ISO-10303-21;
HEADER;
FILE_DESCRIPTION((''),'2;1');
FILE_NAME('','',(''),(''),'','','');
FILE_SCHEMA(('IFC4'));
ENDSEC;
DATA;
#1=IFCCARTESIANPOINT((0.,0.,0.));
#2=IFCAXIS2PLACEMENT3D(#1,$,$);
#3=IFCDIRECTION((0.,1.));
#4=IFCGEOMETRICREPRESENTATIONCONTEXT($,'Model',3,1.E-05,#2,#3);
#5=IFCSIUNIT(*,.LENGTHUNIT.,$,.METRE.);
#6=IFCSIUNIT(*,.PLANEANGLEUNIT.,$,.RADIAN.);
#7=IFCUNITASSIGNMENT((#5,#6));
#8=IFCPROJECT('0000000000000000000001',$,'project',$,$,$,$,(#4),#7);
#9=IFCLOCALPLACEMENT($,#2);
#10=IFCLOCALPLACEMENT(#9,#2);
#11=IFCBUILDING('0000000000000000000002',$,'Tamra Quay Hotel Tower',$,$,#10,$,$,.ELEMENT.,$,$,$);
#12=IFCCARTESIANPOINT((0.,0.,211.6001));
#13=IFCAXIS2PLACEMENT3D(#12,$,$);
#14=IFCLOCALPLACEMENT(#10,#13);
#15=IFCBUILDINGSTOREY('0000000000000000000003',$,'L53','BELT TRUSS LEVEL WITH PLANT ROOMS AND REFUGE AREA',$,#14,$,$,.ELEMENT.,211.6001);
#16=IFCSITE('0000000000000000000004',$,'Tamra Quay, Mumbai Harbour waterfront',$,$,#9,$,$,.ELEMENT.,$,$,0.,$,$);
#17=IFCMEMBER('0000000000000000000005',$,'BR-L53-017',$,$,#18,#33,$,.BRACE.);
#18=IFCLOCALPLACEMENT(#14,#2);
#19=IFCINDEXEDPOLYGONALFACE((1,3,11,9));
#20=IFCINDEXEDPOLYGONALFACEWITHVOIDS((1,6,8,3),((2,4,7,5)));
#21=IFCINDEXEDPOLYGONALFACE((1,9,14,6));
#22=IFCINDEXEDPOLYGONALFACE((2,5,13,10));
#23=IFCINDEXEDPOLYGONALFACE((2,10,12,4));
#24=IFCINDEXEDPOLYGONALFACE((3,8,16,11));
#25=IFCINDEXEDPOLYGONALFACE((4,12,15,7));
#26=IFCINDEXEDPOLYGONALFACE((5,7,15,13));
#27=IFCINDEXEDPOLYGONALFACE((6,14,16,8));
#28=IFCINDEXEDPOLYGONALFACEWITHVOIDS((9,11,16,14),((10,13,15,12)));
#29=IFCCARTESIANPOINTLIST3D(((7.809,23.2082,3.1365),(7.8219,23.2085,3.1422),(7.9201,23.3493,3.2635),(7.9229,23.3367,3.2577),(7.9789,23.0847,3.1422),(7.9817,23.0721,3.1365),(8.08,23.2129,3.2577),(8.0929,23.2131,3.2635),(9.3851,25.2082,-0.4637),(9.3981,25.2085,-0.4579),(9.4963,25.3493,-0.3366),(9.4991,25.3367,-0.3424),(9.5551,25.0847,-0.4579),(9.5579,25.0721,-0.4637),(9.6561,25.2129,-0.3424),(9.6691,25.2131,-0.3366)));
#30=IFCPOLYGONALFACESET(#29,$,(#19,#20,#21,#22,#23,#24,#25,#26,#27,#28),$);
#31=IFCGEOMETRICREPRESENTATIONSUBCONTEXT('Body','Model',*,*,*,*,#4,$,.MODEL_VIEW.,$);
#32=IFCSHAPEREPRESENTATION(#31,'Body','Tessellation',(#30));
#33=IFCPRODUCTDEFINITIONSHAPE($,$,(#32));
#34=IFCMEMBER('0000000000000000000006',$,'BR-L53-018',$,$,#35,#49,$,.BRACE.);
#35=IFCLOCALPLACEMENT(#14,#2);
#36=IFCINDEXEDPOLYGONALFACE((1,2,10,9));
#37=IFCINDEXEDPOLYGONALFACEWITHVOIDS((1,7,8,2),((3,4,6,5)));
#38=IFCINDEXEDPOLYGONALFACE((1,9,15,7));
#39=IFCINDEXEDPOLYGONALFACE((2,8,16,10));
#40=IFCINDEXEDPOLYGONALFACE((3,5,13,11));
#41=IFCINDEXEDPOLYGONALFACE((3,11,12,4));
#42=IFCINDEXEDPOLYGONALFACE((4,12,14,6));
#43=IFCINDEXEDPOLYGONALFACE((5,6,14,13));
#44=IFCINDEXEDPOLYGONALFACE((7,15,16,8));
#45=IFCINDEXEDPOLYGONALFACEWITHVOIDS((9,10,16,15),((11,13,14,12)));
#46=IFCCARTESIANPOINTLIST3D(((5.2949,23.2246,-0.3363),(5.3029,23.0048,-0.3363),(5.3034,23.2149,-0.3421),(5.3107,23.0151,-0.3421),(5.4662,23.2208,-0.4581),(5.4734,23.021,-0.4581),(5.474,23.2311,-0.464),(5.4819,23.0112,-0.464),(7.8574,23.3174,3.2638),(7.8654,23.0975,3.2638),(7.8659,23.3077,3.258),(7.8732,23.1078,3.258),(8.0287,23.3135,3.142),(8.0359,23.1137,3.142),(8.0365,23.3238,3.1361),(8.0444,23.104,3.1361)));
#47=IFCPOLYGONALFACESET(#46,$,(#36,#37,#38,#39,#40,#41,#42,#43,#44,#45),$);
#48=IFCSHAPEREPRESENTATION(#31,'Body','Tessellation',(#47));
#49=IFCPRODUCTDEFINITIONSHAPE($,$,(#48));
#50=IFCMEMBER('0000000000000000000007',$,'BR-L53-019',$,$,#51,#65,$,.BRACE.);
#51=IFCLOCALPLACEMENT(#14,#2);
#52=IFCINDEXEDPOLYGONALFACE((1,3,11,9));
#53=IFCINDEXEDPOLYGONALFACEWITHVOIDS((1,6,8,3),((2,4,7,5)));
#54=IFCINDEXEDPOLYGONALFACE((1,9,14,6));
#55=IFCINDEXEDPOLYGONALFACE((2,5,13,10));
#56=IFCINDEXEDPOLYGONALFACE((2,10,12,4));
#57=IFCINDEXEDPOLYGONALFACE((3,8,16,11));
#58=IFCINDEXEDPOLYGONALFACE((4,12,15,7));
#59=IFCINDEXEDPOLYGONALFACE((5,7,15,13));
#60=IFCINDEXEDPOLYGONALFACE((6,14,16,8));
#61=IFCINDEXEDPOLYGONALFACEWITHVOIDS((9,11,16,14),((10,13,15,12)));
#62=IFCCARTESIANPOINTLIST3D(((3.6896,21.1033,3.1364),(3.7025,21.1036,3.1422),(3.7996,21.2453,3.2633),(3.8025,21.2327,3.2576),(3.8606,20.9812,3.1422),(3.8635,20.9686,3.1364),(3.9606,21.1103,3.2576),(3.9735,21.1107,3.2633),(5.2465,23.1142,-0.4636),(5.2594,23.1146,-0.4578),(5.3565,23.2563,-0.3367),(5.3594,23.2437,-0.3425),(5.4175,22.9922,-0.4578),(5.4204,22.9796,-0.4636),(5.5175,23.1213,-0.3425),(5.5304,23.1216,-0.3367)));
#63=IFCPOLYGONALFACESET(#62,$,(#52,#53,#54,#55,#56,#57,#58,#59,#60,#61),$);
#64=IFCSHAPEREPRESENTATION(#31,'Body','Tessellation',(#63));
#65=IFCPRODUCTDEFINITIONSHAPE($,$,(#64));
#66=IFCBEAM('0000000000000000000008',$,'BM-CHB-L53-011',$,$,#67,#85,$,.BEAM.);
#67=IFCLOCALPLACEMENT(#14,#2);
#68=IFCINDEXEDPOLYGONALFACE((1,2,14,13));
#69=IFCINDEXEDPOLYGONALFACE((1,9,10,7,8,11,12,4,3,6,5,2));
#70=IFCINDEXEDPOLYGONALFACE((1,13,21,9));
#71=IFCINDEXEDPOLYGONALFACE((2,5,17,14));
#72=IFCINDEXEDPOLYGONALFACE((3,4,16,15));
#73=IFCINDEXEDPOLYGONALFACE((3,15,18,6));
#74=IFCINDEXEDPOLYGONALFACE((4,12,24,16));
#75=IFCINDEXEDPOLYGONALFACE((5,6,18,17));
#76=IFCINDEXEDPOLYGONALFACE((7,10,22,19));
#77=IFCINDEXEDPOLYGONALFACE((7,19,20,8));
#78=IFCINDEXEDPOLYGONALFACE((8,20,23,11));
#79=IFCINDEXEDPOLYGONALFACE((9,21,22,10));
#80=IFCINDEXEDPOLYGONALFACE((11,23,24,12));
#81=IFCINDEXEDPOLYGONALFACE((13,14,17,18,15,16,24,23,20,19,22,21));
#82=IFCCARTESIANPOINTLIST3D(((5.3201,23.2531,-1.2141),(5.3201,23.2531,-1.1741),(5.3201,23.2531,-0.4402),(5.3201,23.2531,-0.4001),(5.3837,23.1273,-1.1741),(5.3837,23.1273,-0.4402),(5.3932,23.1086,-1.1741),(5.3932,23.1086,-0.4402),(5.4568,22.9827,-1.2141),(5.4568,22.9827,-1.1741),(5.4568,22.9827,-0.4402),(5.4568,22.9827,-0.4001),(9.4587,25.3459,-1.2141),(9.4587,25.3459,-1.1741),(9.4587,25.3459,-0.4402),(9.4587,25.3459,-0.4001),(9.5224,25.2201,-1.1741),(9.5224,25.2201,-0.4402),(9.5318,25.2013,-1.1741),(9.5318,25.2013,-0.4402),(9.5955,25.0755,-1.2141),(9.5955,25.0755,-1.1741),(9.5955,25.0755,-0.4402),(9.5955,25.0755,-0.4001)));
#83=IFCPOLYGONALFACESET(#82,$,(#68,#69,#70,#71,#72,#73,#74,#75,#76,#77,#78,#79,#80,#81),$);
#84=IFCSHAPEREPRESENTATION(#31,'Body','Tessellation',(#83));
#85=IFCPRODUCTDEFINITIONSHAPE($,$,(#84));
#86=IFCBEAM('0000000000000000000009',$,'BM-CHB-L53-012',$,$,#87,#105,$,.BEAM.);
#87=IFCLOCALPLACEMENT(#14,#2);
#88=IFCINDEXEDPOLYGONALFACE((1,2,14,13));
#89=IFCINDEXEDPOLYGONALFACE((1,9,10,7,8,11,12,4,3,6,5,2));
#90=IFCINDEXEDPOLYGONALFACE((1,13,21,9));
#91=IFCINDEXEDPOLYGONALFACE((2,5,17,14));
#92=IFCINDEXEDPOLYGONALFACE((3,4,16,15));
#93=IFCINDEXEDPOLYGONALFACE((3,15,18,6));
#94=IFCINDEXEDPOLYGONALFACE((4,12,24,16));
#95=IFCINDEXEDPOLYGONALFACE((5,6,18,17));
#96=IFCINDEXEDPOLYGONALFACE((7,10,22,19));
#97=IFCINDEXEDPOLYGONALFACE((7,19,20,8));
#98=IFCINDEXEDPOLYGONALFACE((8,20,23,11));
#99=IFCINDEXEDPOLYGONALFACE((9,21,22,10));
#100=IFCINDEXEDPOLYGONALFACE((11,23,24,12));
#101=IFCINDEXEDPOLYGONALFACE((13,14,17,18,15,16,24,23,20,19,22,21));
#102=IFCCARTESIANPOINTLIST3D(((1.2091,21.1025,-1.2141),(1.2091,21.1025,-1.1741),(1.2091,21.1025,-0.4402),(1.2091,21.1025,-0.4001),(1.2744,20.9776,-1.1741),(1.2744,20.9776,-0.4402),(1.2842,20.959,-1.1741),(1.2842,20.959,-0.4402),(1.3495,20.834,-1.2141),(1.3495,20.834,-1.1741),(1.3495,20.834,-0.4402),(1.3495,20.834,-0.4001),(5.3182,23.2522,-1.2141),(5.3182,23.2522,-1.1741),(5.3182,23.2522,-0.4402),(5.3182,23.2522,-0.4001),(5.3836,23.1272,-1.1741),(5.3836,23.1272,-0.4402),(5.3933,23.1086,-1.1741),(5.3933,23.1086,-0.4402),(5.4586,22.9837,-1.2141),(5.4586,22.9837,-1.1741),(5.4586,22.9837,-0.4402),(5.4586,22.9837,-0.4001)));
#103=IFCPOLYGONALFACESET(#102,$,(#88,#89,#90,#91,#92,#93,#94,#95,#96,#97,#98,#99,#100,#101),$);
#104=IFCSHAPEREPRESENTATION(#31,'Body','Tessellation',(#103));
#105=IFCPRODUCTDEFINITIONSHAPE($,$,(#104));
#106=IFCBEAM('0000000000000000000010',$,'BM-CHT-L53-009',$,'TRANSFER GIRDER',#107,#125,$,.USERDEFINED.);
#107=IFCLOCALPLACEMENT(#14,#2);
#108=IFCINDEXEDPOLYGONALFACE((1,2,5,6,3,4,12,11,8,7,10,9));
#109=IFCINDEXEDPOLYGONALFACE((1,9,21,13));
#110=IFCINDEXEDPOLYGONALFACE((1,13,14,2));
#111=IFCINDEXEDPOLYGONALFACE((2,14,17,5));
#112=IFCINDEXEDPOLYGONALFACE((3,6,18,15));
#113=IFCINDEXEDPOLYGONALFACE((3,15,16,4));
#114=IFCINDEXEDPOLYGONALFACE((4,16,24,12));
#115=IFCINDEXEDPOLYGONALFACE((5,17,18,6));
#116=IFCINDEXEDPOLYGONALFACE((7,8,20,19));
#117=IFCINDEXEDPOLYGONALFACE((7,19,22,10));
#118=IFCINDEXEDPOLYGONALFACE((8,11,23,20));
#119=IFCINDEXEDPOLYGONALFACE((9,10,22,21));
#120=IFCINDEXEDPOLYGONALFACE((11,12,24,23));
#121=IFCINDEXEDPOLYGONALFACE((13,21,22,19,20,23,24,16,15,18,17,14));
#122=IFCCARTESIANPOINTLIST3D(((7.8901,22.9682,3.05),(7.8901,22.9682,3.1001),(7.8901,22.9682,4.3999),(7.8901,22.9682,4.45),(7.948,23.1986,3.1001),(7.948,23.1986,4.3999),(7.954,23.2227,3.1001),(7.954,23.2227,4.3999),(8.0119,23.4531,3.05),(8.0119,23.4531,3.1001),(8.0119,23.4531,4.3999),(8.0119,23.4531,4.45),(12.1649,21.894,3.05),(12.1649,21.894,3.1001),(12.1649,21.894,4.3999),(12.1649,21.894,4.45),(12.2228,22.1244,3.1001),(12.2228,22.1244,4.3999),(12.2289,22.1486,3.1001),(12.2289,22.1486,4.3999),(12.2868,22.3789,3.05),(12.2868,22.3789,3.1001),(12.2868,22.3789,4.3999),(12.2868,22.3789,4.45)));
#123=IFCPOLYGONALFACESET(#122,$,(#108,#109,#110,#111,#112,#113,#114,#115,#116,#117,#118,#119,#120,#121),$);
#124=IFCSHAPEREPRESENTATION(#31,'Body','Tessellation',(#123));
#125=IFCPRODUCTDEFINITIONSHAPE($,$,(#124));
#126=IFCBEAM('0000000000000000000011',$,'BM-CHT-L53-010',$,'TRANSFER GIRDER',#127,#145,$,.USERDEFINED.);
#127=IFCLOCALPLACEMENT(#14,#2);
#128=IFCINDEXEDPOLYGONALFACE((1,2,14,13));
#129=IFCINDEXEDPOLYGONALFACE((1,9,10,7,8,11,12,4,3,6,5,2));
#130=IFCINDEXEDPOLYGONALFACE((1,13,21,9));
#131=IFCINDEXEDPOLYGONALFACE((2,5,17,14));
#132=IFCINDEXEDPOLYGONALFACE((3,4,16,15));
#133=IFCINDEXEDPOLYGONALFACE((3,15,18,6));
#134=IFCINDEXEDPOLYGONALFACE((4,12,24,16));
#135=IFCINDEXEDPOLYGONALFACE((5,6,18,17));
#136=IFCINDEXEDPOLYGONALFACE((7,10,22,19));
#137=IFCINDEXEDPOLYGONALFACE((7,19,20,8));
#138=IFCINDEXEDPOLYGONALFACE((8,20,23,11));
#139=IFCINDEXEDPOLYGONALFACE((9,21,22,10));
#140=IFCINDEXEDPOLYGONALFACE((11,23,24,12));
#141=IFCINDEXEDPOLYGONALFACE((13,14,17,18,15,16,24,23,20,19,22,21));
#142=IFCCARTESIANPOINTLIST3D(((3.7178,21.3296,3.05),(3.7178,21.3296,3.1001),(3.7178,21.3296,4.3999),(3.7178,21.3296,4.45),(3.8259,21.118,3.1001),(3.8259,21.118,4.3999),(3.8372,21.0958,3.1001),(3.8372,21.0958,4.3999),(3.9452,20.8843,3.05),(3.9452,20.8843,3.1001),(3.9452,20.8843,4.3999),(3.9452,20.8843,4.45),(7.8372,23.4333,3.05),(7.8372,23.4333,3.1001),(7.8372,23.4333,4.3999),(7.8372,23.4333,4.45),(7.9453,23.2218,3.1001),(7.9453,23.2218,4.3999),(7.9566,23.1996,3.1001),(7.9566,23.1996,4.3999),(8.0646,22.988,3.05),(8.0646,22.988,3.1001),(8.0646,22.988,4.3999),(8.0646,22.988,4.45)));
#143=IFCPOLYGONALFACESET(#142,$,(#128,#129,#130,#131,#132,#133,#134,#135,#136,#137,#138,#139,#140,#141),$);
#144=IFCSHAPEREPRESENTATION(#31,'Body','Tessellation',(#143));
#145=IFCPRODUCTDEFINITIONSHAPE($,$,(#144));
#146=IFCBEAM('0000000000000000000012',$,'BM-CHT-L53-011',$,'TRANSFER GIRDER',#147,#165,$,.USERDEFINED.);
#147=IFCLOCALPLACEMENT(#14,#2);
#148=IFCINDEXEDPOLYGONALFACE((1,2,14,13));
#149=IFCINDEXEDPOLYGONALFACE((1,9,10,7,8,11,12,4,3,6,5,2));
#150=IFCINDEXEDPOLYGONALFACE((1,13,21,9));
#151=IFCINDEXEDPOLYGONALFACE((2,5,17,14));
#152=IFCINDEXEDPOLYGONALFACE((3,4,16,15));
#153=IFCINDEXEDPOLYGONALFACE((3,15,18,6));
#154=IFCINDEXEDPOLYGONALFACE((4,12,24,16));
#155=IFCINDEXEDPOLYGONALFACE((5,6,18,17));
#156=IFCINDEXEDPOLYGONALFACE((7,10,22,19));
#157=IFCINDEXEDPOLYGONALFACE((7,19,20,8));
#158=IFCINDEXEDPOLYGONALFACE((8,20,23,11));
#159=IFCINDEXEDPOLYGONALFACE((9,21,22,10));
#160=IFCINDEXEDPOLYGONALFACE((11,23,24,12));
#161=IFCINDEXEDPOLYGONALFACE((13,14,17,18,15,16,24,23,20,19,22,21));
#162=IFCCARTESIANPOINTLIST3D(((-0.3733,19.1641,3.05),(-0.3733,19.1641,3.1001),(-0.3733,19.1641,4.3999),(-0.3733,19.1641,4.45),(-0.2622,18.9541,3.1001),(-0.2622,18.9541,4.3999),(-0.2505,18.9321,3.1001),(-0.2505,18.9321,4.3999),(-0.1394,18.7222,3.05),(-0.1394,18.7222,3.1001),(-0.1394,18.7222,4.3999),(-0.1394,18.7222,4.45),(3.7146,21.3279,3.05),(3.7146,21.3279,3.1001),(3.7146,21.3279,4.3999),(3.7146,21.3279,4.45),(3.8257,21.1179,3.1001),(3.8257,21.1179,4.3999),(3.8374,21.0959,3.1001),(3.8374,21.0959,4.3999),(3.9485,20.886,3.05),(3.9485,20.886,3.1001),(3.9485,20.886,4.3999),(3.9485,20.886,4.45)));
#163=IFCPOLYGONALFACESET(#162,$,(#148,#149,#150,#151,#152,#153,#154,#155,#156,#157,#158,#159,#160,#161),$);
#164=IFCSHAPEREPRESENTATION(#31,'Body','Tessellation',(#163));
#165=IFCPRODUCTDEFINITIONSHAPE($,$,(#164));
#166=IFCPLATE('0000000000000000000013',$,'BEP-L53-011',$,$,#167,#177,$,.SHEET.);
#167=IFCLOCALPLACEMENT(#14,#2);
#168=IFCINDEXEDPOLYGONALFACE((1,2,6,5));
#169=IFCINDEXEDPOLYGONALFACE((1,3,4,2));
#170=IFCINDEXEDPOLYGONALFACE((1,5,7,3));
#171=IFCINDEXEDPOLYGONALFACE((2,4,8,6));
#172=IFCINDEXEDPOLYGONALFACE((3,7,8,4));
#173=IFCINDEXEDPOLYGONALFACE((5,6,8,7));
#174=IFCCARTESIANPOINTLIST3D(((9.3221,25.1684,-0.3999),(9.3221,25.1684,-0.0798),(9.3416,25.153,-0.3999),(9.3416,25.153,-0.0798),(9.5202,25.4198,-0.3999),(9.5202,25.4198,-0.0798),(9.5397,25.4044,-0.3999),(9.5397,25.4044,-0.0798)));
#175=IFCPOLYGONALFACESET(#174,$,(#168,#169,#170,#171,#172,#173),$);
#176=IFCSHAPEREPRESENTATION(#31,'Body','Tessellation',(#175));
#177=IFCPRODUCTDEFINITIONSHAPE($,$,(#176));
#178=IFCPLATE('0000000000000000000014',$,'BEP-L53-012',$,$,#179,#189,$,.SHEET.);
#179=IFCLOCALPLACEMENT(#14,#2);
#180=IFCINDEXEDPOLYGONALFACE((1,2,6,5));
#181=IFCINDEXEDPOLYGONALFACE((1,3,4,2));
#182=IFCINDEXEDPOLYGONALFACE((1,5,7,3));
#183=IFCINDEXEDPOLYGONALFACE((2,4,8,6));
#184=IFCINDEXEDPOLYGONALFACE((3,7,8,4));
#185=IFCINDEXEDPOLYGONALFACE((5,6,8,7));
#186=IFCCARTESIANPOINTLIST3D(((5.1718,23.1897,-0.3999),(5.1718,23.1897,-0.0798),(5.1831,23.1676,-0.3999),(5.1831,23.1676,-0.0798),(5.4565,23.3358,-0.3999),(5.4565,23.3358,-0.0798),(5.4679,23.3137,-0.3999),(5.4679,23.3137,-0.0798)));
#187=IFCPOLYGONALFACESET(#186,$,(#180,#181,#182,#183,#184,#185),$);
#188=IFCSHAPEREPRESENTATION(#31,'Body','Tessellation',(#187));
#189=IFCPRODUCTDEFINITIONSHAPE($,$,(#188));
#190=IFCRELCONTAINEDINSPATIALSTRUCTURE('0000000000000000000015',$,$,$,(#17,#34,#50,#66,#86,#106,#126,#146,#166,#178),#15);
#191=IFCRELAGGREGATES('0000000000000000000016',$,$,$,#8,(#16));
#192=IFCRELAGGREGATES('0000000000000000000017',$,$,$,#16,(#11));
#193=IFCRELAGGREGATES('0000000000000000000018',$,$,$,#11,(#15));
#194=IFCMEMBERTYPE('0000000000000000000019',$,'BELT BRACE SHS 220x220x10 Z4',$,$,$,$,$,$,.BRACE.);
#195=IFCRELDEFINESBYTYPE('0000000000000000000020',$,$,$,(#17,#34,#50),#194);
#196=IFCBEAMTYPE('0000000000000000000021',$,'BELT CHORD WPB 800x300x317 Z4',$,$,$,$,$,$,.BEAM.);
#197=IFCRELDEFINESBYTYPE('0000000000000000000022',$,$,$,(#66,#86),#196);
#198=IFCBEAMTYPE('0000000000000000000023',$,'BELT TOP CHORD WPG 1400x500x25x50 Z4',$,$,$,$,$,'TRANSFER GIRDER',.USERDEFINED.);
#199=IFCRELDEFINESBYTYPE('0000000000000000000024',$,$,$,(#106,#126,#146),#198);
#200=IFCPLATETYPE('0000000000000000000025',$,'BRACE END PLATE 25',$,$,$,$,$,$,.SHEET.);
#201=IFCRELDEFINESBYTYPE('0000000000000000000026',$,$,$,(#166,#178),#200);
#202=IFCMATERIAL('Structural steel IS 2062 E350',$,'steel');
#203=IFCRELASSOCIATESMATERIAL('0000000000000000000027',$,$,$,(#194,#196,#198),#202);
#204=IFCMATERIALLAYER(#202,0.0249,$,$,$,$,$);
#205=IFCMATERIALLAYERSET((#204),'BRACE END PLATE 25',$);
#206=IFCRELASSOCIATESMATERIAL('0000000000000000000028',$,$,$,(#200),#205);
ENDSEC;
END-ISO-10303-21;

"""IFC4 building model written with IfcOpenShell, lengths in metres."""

from ifc_helpers import new_model, si_unit, direction, frame, origin, origin_2d, place, context, subcontext, project, spatial, rectangle, hollow_rectangle, i_section, extrude, material, layer, layer_set, material_profile, profile_set, type_object, element, save


model = new_model("IFC4")

# Units and contexts
model_context = context("Model", 3, precision=1e-05, world=origin(), true_north=direction((0.0, 1.0)))
body_context = subcontext(model_context, "Body", "Model", "MODEL_VIEW")
ifc_project = project(units=[si_unit("LENGTHUNIT", "METRE"), si_unit("PLANEANGLEUNIT", "RADIAN")], contexts=[model_context])

# Site, building, storey
site_placement = place(None, origin())
site = spatial("IfcSite", under=ifc_project, at=site_placement, Name="Tamra Quay, Mumbai Harbour waterfront", CompositionType="ELEMENT", RefElevation=0.0)
building_placement = place(site_placement, origin())
building = spatial("IfcBuilding", under=site, at=building_placement, Name="Tamra Quay Hotel Tower", CompositionType="ELEMENT")
storey_placement = place(building_placement, frame((0.0, 0.0, 211.6001)))
storey = spatial("IfcBuildingStorey", under=building, at=storey_placement, Name="L53", Description="BELT TRUSS LEVEL WITH PLANT ROOMS AND REFUGE AREA", CompositionType="ELEMENT", Elevation=211.6001)

# Members
ifc_material_1 = material(Name="Structural steel IS 2062 E350", Category="steel")
ifc_material_profile_1 = material_profile(ifc_material_1, hollow_rectangle(XDim=0.22, YDim=0.22, WallThickness=0.01, at=origin_2d()), Name="SHS 220x220x10")
ifc_profile_set_1 = profile_set([ifc_material_profile_1], Name="Structural steel IS 2062 E350")
member_type = type_object("IfcMemberType", Name="BELT BRACE SHS 220x220x10 Z4", PredefinedType="BRACE", material=ifc_profile_set_1)
member_1_placement = place(storey_placement, frame((9.5271, 25.2107, -0.4001), z_axis=(-0.357437, -0.453551, 0.816413), x_axis=(0.785413, -0.618973, 0.0)))
element("IfcMember", 1, at=member_1_placement, inside=storey, type_object=member_type, Name="BR-L53-017", PredefinedType="BRACE", context=body_context, shape_type="SweptSolid", body=[
    extrude(hollow_rectangle(XDim=0.22, YDim=0.22, WallThickness=0.01, at=origin_2d()), origin(), (0.0, 0.0, 1.0), 4.4097),
])
member_2_placement = place(storey_placement, frame((5.3884, 23.1179, -0.4001), z_axis=(0.579761, 0.02099, 0.814516), x_axis=(-0.036181, 0.999345, 0.0)))
element("IfcMember", 2, at=member_2_placement, inside=storey, type_object=member_type, Name="BR-L53-018", PredefinedType="BRACE", context=body_context, shape_type="SweptSolid", body=[
    extrude(hollow_rectangle(XDim=0.22, YDim=0.22, WallThickness=0.01, at=origin_2d()), origin(), (0.0, 0.0, 1.0), 4.4199),
])
member_3_placement = place(storey_placement, frame((5.3884, 23.1179, -0.4001), z_axis=(-0.353212, -0.456234, 0.816757), x_axis=(0.790725, -0.612171, 0.0)))
element("IfcMember", 3, at=member_3_placement, inside=storey, type_object=member_type, Name="BR-L53-019", PredefinedType="BRACE", context=body_context, shape_type="SweptSolid", body=[
    extrude(hollow_rectangle(XDim=0.22, YDim=0.22, WallThickness=0.01, at=origin_2d()), origin(), (0.0, 0.0, 1.0), 4.4077),
])

# Beams
ifc_material_profile_2 = material_profile(ifc_material_1, i_section(OverallWidth=0.303, OverallDepth=0.814, WebThickness=0.021, FlangeThickness=0.04, at=origin_2d()), Name="WPB 800x300x317")
ifc_profile_set_2 = profile_set([ifc_material_profile_2], Name="Structural steel IS 2062 E350")
beam_type_1 = type_object("IfcBeamType", Name="BELT CHORD WPB 800x300x317 Z4", PredefinedType="BEAM", material=ifc_profile_set_2)
beam_1_placement = place(storey_placement, frame((9.5271, 25.2107, -0.8071), z_axis=(-0.892397, -0.451252, 0.0), x_axis=(0.451252, -0.892397, 0.0)))
element("IfcBeam", 4, at=beam_1_placement, inside=storey, type_object=beam_type_1, Name="BM-CHB-L53-011", PredefinedType="BEAM", context=body_context, shape_type="SweptSolid", body=[
    extrude(i_section(OverallWidth=0.303, OverallDepth=0.814, WebThickness=0.021, FlangeThickness=0.04, at=origin_2d()), origin(), (0.0, 0.0, 1.0), 4.6377),
])
beam_2_placement = place(storey_placement, frame((5.3884, 23.1179, -0.8071), z_axis=(-0.886075, -0.463543, 0.0), x_axis=(0.463543, -0.886075, 0.0)))
element("IfcBeam", 5, at=beam_2_placement, inside=storey, type_object=beam_type_1, Name="BM-CHB-L53-012", PredefinedType="BEAM", context=body_context, shape_type="SweptSolid", body=[
    extrude(i_section(OverallWidth=0.303, OverallDepth=0.814, WebThickness=0.021, FlangeThickness=0.04, at=origin_2d()), origin(), (0.0, 0.0, 1.0), 4.6375),
])
ifc_material_profile_3 = material_profile(ifc_material_1, i_section(OverallWidth=0.5, OverallDepth=1.3999, WebThickness=0.0249, FlangeThickness=0.05, at=origin_2d()), Name="WPG 1400x500x25x50")
ifc_profile_set_3 = profile_set([ifc_material_profile_3], Name="Structural steel IS 2062 E350")
beam_type_2 = type_object("IfcBeamType", Name="BELT TOP CHORD WPG 1400x500x25x50 Z4", ElementType="TRANSFER GIRDER", PredefinedType="USERDEFINED", material=ifc_profile_set_3)
beam_3_placement = place(storey_placement, frame((12.2258, 22.1365, 3.75), z_axis=(-0.969849, 0.243708, 0.0), x_axis=(-0.243708, -0.969849, 0.0)))
element("IfcBeam", 6, at=beam_3_placement, inside=storey, type_object=beam_type_2, Name="BM-CHT-L53-009", ObjectType="TRANSFER GIRDER", PredefinedType="USERDEFINED", context=body_context, shape_type="SweptSolid", body=[
    extrude(i_section(OverallWidth=0.5, OverallDepth=1.3999, WebThickness=0.0249, FlangeThickness=0.05, at=origin_2d()), origin(), (0.0, 0.0, 1.0), 4.4077),
])
beam_4_placement = place(storey_placement, frame((7.9509, 23.2107, 3.75), z_axis=(-0.890584, -0.454819, 0.0), x_axis=(0.454819, -0.890584, 0.0)))
element("IfcBeam", 7, at=beam_4_placement, inside=storey, type_object=beam_type_2, Name="BM-CHT-L53-010", ObjectType="TRANSFER GIRDER", PredefinedType="USERDEFINED", context=body_context, shape_type="SweptSolid", body=[
    extrude(i_section(OverallWidth=0.5, OverallDepth=1.3999, WebThickness=0.0249, FlangeThickness=0.05, at=origin_2d()), origin(), (0.0, 0.0, 1.0), 4.6255),
])
beam_5_placement = place(storey_placement, frame((3.8315, 21.1069, 3.75), z_axis=(-0.88382, -0.467827, 0.0), x_axis=(0.467827, -0.88382, 0.0)))
element("IfcBeam", 8, at=beam_5_placement, inside=storey, type_object=beam_type_2, Name="BM-CHT-L53-011", ObjectType="TRANSFER GIRDER", PredefinedType="USERDEFINED", context=body_context, shape_type="SweptSolid", body=[
    extrude(i_section(OverallWidth=0.5, OverallDepth=1.3999, WebThickness=0.0249, FlangeThickness=0.05, at=origin_2d()), origin(), (0.0, 0.0, 1.0), 4.6252),
])

# Plates
ifc_layer_1 = layer(ifc_material_1, 0.0249)
ifc_layer_set_1 = layer_set([ifc_layer_1], Name="BRACE END PLATE 25")
plate_type = type_object("IfcPlateType", Name="BRACE END PLATE 25", PredefinedType="SHEET", material=ifc_layer_set_1)
for number, where, z_axis, x_axis, name in (
    (9, (9.4309, 25.2864, -0.3999), (0.0, 0.0, 1.0), (-0.785388, 0.619003, 0.0), "BEP-L53-011"),
    (10, (5.3198, 23.2517, -0.3999), (0.0, 0.0, 1.0), (-0.456516, 0.889715, 0.0), "BEP-L53-012"),
):
    element("IfcPlate", number, at=place(storey_placement, frame(where, z_axis=z_axis, x_axis=x_axis)), inside=storey, type_object=plate_type, Name=name, PredefinedType="SHEET", context=body_context, shape_type="SweptSolid", body=[
        extrude(rectangle(XDim=0.0249, YDim=0.3201, at=origin_2d()), origin(), (0.0, 0.0, 1.0), 0.3201),
    ])

save(model, "model.ifc")
